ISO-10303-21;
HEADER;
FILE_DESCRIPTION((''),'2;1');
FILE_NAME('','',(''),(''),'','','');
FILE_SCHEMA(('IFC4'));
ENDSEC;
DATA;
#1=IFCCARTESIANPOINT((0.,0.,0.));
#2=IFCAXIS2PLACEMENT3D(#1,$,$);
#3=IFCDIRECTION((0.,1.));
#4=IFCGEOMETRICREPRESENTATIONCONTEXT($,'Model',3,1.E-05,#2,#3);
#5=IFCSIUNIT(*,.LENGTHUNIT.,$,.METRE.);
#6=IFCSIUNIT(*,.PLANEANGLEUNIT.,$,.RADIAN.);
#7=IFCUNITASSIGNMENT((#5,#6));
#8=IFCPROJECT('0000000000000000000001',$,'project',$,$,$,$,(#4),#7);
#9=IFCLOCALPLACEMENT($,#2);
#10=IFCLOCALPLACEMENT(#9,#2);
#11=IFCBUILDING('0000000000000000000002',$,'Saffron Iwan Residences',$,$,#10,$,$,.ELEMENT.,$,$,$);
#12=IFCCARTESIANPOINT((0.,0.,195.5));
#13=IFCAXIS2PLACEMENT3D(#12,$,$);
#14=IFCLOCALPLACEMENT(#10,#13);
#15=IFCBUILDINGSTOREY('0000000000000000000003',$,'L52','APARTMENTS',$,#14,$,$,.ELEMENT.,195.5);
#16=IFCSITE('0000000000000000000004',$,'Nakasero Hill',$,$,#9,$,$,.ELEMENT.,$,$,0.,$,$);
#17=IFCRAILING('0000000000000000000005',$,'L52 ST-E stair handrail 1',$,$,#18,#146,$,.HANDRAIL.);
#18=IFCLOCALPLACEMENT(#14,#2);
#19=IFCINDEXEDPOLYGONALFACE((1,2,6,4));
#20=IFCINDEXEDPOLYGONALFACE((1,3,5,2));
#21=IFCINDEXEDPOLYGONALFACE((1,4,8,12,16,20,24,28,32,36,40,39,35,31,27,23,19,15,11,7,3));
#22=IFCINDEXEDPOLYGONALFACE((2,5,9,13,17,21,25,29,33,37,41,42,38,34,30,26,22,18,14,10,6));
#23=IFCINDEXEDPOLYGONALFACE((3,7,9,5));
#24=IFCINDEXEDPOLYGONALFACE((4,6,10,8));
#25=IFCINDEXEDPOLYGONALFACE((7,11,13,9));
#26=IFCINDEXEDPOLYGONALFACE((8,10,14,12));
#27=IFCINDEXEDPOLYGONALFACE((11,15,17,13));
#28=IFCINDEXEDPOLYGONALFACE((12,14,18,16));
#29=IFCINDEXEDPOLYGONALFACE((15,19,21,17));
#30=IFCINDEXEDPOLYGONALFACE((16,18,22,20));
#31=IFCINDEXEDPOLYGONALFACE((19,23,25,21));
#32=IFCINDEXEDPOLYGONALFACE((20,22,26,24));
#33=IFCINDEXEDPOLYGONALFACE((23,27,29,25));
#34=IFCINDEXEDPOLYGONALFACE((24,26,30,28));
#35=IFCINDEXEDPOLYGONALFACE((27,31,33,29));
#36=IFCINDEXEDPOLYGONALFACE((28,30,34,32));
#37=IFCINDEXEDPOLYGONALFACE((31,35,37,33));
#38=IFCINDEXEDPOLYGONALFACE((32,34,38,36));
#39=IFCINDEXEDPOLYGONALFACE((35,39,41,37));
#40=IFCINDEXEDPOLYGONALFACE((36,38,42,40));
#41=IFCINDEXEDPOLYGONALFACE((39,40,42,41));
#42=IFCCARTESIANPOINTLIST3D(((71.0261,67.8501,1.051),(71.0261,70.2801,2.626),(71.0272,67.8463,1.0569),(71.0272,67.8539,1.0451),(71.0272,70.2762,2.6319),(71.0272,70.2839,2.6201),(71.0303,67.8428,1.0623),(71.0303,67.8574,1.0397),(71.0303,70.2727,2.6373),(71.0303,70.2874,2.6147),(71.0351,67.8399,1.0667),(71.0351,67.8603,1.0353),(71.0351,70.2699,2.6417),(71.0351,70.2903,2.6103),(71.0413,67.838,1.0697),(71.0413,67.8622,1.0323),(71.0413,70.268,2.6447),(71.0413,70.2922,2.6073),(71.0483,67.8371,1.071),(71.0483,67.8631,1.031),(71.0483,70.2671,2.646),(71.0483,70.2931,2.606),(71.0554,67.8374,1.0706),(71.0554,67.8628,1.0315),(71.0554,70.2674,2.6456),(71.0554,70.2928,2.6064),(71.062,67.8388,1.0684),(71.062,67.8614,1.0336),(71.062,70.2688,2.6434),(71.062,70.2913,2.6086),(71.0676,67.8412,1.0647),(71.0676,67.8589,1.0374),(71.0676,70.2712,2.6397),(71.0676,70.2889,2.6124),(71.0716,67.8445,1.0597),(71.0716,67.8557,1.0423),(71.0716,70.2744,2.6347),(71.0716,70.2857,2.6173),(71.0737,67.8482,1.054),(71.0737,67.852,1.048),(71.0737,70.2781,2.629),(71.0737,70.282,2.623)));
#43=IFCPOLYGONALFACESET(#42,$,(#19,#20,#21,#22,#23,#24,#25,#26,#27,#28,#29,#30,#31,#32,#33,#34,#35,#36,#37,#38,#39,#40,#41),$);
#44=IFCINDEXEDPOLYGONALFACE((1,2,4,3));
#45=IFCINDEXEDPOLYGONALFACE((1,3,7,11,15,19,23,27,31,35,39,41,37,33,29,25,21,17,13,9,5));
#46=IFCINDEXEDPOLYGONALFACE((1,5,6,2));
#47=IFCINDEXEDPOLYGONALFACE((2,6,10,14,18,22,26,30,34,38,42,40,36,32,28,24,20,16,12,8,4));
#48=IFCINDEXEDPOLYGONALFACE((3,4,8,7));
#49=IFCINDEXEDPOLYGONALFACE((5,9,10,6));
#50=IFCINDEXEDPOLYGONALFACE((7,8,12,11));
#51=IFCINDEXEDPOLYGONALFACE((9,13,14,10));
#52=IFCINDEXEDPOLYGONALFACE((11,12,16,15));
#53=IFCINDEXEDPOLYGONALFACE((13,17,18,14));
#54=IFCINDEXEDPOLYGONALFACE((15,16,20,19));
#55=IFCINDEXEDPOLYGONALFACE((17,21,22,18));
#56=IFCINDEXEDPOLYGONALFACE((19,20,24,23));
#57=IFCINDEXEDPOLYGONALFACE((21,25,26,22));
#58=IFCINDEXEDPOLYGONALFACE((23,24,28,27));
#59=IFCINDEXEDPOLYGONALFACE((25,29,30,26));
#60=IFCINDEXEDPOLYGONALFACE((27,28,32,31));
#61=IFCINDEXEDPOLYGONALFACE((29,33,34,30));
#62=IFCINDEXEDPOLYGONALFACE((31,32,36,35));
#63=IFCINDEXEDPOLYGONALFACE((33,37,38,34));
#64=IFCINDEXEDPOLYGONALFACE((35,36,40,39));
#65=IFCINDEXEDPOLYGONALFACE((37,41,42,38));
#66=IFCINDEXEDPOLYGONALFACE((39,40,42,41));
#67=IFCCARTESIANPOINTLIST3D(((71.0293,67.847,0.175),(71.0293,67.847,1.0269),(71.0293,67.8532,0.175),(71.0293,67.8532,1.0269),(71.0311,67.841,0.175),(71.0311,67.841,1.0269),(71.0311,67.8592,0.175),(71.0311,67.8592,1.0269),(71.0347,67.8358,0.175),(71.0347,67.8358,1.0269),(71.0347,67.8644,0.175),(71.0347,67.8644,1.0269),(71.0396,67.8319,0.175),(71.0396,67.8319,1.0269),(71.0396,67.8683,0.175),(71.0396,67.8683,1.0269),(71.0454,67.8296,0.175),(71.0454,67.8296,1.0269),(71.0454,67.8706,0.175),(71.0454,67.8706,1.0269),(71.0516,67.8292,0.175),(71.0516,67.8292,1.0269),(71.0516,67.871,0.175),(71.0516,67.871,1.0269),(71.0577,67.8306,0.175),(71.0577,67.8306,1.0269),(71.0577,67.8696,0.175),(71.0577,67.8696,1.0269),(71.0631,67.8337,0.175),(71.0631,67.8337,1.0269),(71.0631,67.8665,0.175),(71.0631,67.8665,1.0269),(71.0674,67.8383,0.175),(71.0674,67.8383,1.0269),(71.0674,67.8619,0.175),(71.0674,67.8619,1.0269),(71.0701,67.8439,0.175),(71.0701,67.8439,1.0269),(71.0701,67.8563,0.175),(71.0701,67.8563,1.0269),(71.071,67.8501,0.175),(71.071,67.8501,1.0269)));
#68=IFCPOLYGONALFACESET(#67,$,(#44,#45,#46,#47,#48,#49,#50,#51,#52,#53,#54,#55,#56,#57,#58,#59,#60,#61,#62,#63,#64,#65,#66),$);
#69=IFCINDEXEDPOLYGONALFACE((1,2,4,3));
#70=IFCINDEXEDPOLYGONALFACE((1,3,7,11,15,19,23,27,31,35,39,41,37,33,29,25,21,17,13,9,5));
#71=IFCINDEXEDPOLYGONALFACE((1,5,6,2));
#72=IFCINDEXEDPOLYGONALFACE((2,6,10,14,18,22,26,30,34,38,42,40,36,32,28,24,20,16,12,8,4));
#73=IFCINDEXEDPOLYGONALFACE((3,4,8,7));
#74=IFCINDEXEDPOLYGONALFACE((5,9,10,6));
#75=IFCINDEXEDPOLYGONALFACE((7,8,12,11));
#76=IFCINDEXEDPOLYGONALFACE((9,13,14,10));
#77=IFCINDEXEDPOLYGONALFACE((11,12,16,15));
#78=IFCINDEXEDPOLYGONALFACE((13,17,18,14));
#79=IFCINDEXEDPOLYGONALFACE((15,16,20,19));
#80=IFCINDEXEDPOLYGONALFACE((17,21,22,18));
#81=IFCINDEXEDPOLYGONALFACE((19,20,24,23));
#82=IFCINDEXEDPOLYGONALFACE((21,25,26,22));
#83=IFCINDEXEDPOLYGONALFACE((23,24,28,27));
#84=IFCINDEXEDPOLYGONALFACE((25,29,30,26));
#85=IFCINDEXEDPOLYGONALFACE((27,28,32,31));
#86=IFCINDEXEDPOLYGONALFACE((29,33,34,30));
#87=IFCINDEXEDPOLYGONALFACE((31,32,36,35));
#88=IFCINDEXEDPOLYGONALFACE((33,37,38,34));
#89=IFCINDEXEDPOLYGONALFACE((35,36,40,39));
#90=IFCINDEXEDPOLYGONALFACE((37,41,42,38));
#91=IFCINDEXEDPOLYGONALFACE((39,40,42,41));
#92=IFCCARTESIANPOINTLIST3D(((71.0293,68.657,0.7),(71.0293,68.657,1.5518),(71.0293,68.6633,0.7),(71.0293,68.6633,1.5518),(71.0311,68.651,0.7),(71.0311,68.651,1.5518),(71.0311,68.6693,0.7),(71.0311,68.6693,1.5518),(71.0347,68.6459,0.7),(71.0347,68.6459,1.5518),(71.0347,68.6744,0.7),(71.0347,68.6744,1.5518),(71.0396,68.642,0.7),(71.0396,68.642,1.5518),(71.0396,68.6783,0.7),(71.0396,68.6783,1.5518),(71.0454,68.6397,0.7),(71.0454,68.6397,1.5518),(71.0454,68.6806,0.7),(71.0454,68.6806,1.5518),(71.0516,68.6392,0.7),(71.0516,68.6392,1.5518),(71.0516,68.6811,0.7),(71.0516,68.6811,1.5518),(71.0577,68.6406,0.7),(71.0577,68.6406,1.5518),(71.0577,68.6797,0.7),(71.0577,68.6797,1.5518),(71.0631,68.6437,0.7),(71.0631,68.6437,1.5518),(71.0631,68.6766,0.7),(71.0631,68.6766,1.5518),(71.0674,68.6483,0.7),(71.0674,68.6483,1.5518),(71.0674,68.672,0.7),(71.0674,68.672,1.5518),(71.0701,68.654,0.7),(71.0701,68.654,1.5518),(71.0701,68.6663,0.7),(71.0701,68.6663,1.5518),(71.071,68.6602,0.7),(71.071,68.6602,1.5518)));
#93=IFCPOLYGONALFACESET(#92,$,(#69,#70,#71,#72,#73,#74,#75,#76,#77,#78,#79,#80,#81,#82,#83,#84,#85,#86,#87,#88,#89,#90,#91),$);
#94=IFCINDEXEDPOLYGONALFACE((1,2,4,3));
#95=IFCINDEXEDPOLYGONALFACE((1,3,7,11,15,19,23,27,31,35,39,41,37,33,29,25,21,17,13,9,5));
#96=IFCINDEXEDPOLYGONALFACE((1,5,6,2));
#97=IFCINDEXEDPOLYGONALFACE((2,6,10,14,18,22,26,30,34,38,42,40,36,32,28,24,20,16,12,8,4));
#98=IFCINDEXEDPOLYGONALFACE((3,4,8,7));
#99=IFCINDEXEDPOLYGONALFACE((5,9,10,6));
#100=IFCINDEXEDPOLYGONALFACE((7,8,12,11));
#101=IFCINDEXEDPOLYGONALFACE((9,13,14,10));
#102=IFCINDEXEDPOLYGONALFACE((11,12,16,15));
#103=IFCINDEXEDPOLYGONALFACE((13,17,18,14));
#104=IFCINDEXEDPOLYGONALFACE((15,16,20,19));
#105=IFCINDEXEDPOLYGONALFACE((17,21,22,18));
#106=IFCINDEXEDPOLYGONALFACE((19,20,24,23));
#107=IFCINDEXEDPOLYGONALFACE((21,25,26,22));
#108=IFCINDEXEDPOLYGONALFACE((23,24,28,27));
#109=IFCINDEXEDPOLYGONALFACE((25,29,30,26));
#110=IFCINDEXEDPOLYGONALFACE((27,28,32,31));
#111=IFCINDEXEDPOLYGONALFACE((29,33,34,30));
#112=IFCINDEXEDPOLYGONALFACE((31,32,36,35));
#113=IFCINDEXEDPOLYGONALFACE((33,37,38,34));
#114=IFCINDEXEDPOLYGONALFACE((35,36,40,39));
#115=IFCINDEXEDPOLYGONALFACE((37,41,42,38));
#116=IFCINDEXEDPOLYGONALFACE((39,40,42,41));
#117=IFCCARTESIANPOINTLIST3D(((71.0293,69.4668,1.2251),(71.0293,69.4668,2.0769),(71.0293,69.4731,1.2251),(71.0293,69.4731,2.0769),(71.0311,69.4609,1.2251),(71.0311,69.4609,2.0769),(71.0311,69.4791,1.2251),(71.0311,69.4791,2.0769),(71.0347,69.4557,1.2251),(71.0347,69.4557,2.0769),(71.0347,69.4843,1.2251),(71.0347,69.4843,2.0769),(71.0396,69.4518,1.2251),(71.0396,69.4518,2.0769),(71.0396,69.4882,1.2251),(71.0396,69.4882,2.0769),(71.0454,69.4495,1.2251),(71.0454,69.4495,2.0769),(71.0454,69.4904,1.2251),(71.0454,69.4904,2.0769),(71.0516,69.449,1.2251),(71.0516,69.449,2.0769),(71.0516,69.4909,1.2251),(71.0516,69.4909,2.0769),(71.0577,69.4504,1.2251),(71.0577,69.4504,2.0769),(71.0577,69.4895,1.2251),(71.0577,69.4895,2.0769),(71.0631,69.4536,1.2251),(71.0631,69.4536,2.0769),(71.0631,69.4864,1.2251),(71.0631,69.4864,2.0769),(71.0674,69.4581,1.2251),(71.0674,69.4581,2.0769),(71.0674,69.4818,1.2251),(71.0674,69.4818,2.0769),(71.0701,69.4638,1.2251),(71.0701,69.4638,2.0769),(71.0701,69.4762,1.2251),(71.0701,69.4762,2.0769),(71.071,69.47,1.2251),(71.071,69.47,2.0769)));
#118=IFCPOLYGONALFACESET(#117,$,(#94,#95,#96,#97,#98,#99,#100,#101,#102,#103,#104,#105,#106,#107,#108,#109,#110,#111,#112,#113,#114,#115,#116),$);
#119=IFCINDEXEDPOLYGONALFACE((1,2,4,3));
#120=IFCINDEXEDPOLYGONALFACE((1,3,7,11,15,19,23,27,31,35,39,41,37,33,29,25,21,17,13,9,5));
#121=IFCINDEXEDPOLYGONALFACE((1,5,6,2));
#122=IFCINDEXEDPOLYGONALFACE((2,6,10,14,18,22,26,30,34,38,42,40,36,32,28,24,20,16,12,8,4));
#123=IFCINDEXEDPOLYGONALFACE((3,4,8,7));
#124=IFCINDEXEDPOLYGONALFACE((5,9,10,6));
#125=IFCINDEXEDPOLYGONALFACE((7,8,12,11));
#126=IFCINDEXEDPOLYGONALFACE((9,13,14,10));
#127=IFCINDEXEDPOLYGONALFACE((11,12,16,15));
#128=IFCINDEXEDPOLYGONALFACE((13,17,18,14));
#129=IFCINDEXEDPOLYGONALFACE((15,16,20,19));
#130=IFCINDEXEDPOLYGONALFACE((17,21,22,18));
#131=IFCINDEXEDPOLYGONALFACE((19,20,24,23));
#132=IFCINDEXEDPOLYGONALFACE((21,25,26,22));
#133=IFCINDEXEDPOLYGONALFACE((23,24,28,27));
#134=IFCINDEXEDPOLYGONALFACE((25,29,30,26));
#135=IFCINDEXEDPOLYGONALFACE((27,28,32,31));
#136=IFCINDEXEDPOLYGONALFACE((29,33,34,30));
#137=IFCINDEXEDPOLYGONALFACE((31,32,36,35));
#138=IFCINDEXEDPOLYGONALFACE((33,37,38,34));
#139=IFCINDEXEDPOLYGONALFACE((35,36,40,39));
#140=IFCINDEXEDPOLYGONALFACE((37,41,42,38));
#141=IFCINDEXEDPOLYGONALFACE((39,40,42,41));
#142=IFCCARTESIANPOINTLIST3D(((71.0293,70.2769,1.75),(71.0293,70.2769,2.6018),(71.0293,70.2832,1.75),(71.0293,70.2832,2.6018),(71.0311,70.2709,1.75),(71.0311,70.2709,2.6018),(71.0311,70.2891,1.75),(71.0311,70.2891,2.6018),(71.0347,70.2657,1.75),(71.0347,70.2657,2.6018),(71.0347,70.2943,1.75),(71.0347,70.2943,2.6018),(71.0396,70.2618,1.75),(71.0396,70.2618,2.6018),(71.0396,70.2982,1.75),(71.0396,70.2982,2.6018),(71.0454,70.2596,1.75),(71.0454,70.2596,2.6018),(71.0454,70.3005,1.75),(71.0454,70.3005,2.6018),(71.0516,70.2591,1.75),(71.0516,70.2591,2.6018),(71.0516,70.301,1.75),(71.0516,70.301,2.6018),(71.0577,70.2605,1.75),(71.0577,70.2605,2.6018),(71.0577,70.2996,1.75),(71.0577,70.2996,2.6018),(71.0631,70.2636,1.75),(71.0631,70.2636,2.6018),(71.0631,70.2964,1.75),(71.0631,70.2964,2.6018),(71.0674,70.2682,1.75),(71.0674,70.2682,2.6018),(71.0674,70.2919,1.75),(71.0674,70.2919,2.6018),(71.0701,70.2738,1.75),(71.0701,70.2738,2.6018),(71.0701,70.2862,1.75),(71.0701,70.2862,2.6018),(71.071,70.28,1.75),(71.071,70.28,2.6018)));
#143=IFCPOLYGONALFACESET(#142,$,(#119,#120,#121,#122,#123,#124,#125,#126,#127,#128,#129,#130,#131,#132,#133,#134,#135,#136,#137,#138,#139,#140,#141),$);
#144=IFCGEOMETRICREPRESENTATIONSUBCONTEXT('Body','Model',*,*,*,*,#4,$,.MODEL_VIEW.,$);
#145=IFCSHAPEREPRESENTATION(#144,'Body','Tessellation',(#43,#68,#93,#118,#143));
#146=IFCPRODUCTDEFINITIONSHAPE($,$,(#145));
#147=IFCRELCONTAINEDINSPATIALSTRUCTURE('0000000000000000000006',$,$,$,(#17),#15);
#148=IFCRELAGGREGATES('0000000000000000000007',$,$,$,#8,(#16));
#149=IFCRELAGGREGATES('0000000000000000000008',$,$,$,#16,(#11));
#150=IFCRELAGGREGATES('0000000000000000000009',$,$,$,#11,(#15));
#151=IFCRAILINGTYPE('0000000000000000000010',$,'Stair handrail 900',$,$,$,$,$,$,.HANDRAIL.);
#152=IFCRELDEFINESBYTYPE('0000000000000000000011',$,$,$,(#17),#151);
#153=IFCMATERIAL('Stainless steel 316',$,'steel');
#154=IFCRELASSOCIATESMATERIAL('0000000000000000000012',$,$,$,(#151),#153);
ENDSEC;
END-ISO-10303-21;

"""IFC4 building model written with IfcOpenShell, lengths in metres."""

from ifc_helpers import new_model, si_unit, direction, frame, origin, origin_2d, place, context, subcontext, project, spatial, circle, extrude, material, type_object, element, save


model = new_model("IFC4")

# Units and contexts
model_context = context("Model", 3, precision=1e-05, world=origin(), true_north=direction((0.0, 1.0)))
body_context = subcontext(model_context, "Body", "Model", "MODEL_VIEW")
ifc_project = project(units=[si_unit("LENGTHUNIT", "METRE"), si_unit("PLANEANGLEUNIT", "RADIAN")], contexts=[model_context])

# Site, building, storey
site_placement = place(None, origin())
site = spatial("IfcSite", under=ifc_project, at=site_placement, Name="Nakasero Hill", CompositionType="ELEMENT", RefElevation=0.0)
building_placement = place(site_placement, origin())
building = spatial("IfcBuilding", under=site, at=building_placement, Name="Saffron Iwan Residences", CompositionType="ELEMENT")
storey_placement = place(building_placement, frame((0.0, 0.0, 195.5)))
storey = spatial("IfcBuildingStorey", under=building, at=storey_placement, Name="L52", Description="APARTMENTS", CompositionType="ELEMENT", Elevation=195.5)

# Railing
ifc_material_1 = material(Name="Stainless steel 316", Category="steel")
railing_type_1 = type_object("IfcRailingType", Name="Stair handrail 900", PredefinedType="HANDRAIL", material=ifc_material_1)
railing_1_placement = place(storey_placement, frame((71.05, 67.8501, 0.175)))
element("IfcRailing", 1, at=railing_1_placement, inside=storey, type_object=railing_type_1, Name="L52 ST-E stair handrail 1", PredefinedType="HANDRAIL", context=body_context, shape_type="SweptSolid", body=[
    extrude(circle(Radius=0.0239, at=origin_2d()), frame((0.0, 0.0, 0.876), z_axis=(0.0, 0.839154, 0.543894), x_axis=(-1.0, 0.0, 0.0)), (0.0, 0.0, 1.0), 2.8958),
    extrude(circle(Radius=0.021, at=origin_2d()), origin(), (0.0, 0.0, 1.0), 0.8518),
    extrude(circle(Radius=0.021, at=origin_2d()), frame((0.0, 0.8101, 0.5249)), (0.0, 0.0, 1.0), 0.8518),
    extrude(circle(Radius=0.021, at=origin_2d()), frame((0.0, 1.6199, 1.05)), (0.0, 0.0, 1.0), 0.8518),
    extrude(circle(Radius=0.021, at=origin_2d()), frame((0.0, 2.4299, 1.575)), (0.0, 0.0, 1.0), 0.8518),
])

save(model, "model.ifc")
